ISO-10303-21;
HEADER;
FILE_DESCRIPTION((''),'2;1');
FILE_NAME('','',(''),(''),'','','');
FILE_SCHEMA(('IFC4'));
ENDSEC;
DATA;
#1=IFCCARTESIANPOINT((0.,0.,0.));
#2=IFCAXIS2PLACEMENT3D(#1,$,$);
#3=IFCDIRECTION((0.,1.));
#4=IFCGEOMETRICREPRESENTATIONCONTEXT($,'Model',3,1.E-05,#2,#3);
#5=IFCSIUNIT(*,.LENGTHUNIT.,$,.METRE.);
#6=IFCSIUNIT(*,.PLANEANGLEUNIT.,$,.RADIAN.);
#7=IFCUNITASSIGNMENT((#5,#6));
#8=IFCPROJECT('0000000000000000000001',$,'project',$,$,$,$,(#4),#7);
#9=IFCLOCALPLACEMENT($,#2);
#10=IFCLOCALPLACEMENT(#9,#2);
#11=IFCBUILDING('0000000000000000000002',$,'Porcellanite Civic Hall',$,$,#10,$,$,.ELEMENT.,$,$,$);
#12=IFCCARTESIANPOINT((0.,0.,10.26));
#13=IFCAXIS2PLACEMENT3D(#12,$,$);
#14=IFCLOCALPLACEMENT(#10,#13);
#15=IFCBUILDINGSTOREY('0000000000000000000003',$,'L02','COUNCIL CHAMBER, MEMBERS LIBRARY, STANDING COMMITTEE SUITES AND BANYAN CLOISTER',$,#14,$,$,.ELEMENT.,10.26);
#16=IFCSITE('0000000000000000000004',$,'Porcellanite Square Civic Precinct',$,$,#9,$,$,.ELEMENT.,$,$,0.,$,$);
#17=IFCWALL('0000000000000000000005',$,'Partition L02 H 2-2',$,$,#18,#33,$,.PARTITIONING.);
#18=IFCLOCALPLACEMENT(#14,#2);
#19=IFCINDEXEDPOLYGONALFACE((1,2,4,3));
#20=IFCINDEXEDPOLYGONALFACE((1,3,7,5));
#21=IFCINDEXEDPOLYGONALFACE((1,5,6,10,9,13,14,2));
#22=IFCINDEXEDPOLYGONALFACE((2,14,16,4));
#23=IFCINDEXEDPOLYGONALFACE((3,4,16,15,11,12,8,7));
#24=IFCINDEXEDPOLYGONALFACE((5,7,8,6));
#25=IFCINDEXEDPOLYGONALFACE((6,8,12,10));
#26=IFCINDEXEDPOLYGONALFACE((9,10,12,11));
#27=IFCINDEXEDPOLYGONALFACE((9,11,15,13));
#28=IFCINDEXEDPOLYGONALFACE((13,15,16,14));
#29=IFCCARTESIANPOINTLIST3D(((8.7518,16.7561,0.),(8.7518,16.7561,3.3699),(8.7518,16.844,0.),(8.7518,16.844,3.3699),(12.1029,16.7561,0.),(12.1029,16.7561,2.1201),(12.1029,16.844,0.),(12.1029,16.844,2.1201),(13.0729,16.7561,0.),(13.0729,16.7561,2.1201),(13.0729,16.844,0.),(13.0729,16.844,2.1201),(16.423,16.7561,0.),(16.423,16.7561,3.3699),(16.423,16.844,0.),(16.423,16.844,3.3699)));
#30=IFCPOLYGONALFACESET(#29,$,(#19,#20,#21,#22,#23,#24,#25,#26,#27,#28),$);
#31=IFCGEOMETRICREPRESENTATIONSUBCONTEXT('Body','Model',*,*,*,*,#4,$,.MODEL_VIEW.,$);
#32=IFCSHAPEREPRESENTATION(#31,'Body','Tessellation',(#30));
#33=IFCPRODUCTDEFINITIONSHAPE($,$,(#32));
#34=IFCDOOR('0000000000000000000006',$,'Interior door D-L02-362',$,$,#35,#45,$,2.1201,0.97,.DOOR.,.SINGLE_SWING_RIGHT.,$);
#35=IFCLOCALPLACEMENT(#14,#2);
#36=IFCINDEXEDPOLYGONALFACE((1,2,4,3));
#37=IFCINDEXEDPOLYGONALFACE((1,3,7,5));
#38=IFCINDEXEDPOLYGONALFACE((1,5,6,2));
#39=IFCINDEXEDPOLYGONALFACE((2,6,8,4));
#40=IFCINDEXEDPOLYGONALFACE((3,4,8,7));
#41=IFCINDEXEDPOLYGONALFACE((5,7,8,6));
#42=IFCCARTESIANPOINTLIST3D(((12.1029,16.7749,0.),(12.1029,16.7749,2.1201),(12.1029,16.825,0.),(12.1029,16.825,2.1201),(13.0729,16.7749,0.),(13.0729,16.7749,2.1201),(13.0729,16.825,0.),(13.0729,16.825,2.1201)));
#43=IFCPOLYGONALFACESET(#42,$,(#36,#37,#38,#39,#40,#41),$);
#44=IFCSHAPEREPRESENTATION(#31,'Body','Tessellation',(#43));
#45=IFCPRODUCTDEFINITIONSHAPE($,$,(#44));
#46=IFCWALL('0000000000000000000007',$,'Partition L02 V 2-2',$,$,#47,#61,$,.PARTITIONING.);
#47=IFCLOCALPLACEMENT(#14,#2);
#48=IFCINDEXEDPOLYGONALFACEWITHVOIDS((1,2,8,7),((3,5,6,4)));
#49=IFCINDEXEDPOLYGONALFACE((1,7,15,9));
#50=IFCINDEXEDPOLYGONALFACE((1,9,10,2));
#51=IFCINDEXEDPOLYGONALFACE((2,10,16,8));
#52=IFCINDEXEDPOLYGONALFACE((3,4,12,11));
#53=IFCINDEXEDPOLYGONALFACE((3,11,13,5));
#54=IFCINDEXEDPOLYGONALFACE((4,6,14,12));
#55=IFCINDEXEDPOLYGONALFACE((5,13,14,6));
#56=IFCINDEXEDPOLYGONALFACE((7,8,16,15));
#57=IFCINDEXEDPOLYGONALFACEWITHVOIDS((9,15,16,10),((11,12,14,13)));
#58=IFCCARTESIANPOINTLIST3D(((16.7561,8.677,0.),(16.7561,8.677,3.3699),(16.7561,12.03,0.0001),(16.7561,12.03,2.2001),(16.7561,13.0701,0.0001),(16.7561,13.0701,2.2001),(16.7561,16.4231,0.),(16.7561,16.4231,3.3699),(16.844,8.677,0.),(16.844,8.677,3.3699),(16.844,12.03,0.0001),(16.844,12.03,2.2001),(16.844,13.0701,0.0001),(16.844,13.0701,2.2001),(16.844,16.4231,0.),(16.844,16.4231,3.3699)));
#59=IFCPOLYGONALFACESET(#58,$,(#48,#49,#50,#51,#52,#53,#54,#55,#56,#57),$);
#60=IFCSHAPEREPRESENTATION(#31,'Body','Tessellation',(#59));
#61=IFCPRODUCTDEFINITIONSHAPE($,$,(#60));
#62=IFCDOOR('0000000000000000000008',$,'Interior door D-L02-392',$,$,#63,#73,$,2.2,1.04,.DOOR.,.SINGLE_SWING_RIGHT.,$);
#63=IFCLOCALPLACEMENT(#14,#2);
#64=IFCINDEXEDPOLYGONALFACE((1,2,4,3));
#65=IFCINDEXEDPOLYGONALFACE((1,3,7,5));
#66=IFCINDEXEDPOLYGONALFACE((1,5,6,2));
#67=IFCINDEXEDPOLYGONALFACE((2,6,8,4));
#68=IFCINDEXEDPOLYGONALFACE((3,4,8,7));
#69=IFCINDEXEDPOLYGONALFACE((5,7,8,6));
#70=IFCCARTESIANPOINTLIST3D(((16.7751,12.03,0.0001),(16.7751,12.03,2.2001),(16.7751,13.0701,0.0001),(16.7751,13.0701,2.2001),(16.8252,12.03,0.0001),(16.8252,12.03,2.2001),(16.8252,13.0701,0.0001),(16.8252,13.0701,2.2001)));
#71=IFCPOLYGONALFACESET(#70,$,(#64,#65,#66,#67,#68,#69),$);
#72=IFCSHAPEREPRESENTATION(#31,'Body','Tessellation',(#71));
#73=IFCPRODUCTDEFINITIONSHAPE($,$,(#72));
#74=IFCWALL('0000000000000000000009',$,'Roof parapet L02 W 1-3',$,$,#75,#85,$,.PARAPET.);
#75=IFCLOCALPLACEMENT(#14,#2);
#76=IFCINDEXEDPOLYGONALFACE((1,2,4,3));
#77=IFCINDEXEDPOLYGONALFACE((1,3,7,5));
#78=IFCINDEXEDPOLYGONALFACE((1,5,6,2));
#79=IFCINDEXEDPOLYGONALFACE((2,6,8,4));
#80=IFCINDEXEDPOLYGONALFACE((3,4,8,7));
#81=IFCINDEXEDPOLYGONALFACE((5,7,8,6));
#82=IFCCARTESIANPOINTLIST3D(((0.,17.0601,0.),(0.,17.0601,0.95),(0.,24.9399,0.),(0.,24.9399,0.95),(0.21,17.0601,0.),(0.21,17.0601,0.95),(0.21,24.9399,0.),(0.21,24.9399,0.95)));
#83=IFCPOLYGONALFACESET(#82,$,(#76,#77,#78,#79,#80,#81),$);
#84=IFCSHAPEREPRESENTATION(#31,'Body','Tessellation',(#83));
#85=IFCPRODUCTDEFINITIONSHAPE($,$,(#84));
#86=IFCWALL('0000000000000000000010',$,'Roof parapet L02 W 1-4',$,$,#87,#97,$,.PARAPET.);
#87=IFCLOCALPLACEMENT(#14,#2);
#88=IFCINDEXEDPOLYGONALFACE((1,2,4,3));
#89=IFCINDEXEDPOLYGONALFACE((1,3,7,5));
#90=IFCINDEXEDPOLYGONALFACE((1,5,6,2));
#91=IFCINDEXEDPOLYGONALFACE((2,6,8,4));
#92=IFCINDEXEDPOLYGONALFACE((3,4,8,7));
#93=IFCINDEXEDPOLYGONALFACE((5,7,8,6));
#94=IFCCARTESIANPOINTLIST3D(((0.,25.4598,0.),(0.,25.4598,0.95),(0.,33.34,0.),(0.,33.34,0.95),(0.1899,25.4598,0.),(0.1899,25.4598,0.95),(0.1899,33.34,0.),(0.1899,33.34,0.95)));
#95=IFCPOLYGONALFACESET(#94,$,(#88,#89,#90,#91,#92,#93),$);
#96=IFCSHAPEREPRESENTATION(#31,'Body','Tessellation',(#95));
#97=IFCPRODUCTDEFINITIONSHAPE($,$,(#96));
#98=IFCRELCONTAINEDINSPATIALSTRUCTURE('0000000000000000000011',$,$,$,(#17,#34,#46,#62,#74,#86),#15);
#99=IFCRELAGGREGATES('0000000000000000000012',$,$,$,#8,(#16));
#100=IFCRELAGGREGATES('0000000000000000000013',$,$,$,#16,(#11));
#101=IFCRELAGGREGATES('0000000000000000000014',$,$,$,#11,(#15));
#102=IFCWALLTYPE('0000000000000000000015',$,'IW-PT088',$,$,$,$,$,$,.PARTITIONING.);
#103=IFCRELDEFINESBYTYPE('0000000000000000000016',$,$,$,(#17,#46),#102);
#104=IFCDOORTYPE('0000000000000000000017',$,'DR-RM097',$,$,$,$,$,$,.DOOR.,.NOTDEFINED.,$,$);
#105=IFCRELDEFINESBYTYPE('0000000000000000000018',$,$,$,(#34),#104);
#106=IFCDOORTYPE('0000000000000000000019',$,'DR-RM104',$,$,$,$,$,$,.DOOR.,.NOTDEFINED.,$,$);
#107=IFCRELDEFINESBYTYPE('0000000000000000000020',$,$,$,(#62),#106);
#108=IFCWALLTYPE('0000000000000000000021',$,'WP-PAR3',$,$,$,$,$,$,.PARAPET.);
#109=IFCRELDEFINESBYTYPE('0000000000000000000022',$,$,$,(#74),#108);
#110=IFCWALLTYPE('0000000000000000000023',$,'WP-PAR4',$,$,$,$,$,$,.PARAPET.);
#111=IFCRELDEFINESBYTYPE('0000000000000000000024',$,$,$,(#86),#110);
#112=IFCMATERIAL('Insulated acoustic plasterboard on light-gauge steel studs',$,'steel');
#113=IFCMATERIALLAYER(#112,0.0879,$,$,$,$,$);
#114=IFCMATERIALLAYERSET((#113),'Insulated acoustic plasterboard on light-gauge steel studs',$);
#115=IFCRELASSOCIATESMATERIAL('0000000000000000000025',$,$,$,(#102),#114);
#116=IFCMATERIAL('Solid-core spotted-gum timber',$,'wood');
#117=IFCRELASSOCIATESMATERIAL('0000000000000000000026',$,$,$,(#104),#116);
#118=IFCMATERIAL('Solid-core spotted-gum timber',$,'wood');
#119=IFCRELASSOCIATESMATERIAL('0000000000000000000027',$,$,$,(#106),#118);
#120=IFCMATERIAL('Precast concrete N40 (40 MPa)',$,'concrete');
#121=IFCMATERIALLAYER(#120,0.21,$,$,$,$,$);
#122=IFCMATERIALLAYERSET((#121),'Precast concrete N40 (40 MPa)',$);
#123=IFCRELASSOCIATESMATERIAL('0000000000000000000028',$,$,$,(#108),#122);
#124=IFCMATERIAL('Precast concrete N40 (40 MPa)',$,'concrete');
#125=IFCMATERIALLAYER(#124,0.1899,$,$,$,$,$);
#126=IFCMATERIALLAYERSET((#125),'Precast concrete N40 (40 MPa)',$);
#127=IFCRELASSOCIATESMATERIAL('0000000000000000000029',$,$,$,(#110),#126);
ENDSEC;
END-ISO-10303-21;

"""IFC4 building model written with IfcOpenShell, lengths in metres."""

from ifc_helpers import new_model, si_unit, direction, frame, frame_2d, origin, place, context, subcontext, project, spatial, rectangle, extrude, material, layer, layer_set, type_object, element, fill, save


model = new_model("IFC4")

# Units and contexts
model_context = context("Model", 3, precision=1e-05, world=origin(), true_north=direction((0.0, 1.0)))
body_context = subcontext(model_context, "Body", "Model", "MODEL_VIEW")
ifc_project = project(units=[si_unit("LENGTHUNIT", "METRE"), si_unit("PLANEANGLEUNIT", "RADIAN")], contexts=[model_context])

# Site, building, storey
site_placement = place(None, origin())
site = spatial("IfcSite", under=ifc_project, at=site_placement, Name="Porcellanite Square Civic Precinct", CompositionType="ELEMENT", RefElevation=0.0)
building_placement = place(site_placement, origin())
building = spatial("IfcBuilding", under=site, at=building_placement, Name="Porcellanite Civic Hall", CompositionType="ELEMENT")
storey_placement = place(building_placement, frame((0.0, 0.0, 10.26)))
storey = spatial("IfcBuildingStorey", under=building, at=storey_placement, Name="L02", Description="COUNCIL CHAMBER, MEMBERS LIBRARY, STANDING COMMITTEE SUITES AND BANYAN CLOISTER", CompositionType="ELEMENT", Elevation=10.26)

# Walls, openings, doors
ifc_material_1 = material(Name="Insulated acoustic plasterboard on light-gauge steel studs", Category="steel")
ifc_layer_1 = layer(ifc_material_1, 0.0879)
ifc_layer_set_1 = layer_set([ifc_layer_1], Name="Insulated acoustic plasterboard on light-gauge steel studs")
wall_type_1 = type_object("IfcWallType", Name="IW-PT088", PredefinedType="PARTITIONING", material=ifc_layer_set_1)
wall_1_placement = place(storey_placement, frame((8.752, 16.8, 0.0), z_axis=(0.0, 0.0, 1.0), x_axis=(1.0, 0.0, 0.0)))
wall_1 = element("IfcWall", 1, at=wall_1_placement, inside=storey, type_object=wall_type_1, Name="Partition L02 H 2-2", PredefinedType="PARTITIONING", context=body_context, shape_type="SweptSolid", body=[
    extrude(rectangle(XDim=7.6711, YDim=0.0879, at=frame_2d((3.8354, 0.0))), origin(), (0.0, 0.0, 1.0), 3.3699),
])
opening_1_placement = place(wall_1_placement, frame((3.3511, 0.0, 0.0)))
opening_1 = element("IfcOpeningElement", 2, at=opening_1_placement, cuts=wall_1, PredefinedType="OPENING", context=body_context, shape_type="SweptSolid", body=[
    extrude(rectangle(XDim=0.97, YDim=2.1201, at=frame_2d((0.4849, 1.0601))), frame((0.0, 0.0439, 0.0), z_axis=(0.0, -1.0, 0.0), x_axis=(1.0, 0.0, 0.0)), (0.0, 0.0, 1.0), 0.0879),
])
ifc_material_2 = material(Name="Solid-core spotted-gum timber", Category="wood")
door_type_1 = type_object("IfcDoorType", Name="DR-RM097", OperationType="NOTDEFINED", PredefinedType="DOOR", material=ifc_material_2)
door_1_placement = place(opening_1_placement, origin())
door_1 = element("IfcDoor", 3, at=door_1_placement, inside=storey, type_object=door_type_1, Name="Interior door D-L02-362", OperationType="SINGLE_SWING_RIGHT", OverallHeight=2.1201, OverallWidth=0.97, PredefinedType="DOOR", context=body_context, shape_type="SweptSolid", body=[
    extrude(rectangle(XDim=0.97, YDim=2.1201, at=frame_2d((0.4849, 1.0601))), frame((0.0, 0.0249, 0.0), z_axis=(0.0, -1.0, 0.0), x_axis=(1.0, 0.0, 0.0)), (0.0, 0.0, 1.0), 0.05),
])
fill(opening_1, door_1)
wall_2_placement = place(storey_placement, frame((16.8, 8.677, 0.0), z_axis=(0.0, 0.0, 1.0), x_axis=(0.0, 1.0, 0.0)))
wall_2 = element("IfcWall", 4, at=wall_2_placement, inside=storey, type_object=wall_type_1, Name="Partition L02 V 2-2", PredefinedType="PARTITIONING", context=body_context, shape_type="SweptSolid", body=[
    extrude(rectangle(XDim=7.7461, YDim=0.0879, at=frame_2d((3.873, 0.0))), origin(), (0.0, 0.0, 1.0), 3.3699),
])
opening_2_placement = place(wall_2_placement, frame((3.353, 0.0, 0.0)))
opening_2 = element("IfcOpeningElement", 5, at=opening_2_placement, cuts=wall_2, PredefinedType="OPENING", context=body_context, shape_type="SweptSolid", body=[
    extrude(rectangle(XDim=1.04, YDim=2.2, at=frame_2d((0.52, 1.1001))), frame((0.0, 0.0439, 0.0), z_axis=(0.0, -1.0, 0.0), x_axis=(1.0, 0.0, 0.0)), (0.0, 0.0, 1.0), 0.0879),
])
ifc_material_3 = material(Name="Solid-core spotted-gum timber", Category="wood")
door_type_2 = type_object("IfcDoorType", Name="DR-RM104", OperationType="NOTDEFINED", PredefinedType="DOOR", material=ifc_material_3)
door_2_placement = place(opening_2_placement, origin())
door_2 = element("IfcDoor", 6, at=door_2_placement, inside=storey, type_object=door_type_2, Name="Interior door D-L02-392", OperationType="SINGLE_SWING_RIGHT", OverallHeight=2.2, OverallWidth=1.04, PredefinedType="DOOR", context=body_context, shape_type="SweptSolid", body=[
    extrude(rectangle(XDim=1.04, YDim=2.2, at=frame_2d((0.52, 1.1001))), frame((0.0, 0.0249, 0.0), z_axis=(0.0, -1.0, 0.0), x_axis=(1.0, 0.0, 0.0)), (0.0, 0.0, 1.0), 0.05),
])
fill(opening_2, door_2)

# Walls
ifc_material_4 = material(Name="Precast concrete N40 (40 MPa)", Category="concrete")
ifc_layer_2 = layer(ifc_material_4, 0.21)
ifc_layer_set_2 = layer_set([ifc_layer_2], Name="Precast concrete N40 (40 MPa)")
wall_type_2 = type_object("IfcWallType", Name="WP-PAR3", PredefinedType="PARAPET", material=ifc_layer_set_2)
wall_3_placement = place(storey_placement, frame((0.105, 17.0601, 0.0), z_axis=(0.0, 0.0, 1.0), x_axis=(0.0, 1.0, 0.0)))
element("IfcWall", 7, at=wall_3_placement, inside=storey, type_object=wall_type_2, Name="Roof parapet L02 W 1-3", PredefinedType="PARAPET", context=body_context, shape_type="SweptSolid", body=[
    extrude(rectangle(XDim=7.8799, YDim=0.21, at=frame_2d((3.9399, 0.0))), origin(), (0.0, 0.0, 1.0), 0.95),
])
ifc_material_5 = material(Name="Precast concrete N40 (40 MPa)", Category="concrete")
ifc_layer_3 = layer(ifc_material_5, 0.1899)
ifc_layer_set_3 = layer_set([ifc_layer_3], Name="Precast concrete N40 (40 MPa)")
wall_type_3 = type_object("IfcWallType", Name="WP-PAR4", PredefinedType="PARAPET", material=ifc_layer_set_3)
wall_4_placement = place(storey_placement, frame((0.095, 25.46, 0.0), z_axis=(0.0, 0.0, 1.0), x_axis=(0.0, 1.0, 0.0)))
element("IfcWall", 8, at=wall_4_placement, inside=storey, type_object=wall_type_3, Name="Roof parapet L02 W 1-4", PredefinedType="PARAPET", context=body_context, shape_type="SweptSolid", body=[
    extrude(rectangle(XDim=7.8801, YDim=0.1899, at=frame_2d((3.9399, 0.0))), origin(), (0.0, 0.0, 1.0), 0.95),
])

save(model, "model.ifc")
